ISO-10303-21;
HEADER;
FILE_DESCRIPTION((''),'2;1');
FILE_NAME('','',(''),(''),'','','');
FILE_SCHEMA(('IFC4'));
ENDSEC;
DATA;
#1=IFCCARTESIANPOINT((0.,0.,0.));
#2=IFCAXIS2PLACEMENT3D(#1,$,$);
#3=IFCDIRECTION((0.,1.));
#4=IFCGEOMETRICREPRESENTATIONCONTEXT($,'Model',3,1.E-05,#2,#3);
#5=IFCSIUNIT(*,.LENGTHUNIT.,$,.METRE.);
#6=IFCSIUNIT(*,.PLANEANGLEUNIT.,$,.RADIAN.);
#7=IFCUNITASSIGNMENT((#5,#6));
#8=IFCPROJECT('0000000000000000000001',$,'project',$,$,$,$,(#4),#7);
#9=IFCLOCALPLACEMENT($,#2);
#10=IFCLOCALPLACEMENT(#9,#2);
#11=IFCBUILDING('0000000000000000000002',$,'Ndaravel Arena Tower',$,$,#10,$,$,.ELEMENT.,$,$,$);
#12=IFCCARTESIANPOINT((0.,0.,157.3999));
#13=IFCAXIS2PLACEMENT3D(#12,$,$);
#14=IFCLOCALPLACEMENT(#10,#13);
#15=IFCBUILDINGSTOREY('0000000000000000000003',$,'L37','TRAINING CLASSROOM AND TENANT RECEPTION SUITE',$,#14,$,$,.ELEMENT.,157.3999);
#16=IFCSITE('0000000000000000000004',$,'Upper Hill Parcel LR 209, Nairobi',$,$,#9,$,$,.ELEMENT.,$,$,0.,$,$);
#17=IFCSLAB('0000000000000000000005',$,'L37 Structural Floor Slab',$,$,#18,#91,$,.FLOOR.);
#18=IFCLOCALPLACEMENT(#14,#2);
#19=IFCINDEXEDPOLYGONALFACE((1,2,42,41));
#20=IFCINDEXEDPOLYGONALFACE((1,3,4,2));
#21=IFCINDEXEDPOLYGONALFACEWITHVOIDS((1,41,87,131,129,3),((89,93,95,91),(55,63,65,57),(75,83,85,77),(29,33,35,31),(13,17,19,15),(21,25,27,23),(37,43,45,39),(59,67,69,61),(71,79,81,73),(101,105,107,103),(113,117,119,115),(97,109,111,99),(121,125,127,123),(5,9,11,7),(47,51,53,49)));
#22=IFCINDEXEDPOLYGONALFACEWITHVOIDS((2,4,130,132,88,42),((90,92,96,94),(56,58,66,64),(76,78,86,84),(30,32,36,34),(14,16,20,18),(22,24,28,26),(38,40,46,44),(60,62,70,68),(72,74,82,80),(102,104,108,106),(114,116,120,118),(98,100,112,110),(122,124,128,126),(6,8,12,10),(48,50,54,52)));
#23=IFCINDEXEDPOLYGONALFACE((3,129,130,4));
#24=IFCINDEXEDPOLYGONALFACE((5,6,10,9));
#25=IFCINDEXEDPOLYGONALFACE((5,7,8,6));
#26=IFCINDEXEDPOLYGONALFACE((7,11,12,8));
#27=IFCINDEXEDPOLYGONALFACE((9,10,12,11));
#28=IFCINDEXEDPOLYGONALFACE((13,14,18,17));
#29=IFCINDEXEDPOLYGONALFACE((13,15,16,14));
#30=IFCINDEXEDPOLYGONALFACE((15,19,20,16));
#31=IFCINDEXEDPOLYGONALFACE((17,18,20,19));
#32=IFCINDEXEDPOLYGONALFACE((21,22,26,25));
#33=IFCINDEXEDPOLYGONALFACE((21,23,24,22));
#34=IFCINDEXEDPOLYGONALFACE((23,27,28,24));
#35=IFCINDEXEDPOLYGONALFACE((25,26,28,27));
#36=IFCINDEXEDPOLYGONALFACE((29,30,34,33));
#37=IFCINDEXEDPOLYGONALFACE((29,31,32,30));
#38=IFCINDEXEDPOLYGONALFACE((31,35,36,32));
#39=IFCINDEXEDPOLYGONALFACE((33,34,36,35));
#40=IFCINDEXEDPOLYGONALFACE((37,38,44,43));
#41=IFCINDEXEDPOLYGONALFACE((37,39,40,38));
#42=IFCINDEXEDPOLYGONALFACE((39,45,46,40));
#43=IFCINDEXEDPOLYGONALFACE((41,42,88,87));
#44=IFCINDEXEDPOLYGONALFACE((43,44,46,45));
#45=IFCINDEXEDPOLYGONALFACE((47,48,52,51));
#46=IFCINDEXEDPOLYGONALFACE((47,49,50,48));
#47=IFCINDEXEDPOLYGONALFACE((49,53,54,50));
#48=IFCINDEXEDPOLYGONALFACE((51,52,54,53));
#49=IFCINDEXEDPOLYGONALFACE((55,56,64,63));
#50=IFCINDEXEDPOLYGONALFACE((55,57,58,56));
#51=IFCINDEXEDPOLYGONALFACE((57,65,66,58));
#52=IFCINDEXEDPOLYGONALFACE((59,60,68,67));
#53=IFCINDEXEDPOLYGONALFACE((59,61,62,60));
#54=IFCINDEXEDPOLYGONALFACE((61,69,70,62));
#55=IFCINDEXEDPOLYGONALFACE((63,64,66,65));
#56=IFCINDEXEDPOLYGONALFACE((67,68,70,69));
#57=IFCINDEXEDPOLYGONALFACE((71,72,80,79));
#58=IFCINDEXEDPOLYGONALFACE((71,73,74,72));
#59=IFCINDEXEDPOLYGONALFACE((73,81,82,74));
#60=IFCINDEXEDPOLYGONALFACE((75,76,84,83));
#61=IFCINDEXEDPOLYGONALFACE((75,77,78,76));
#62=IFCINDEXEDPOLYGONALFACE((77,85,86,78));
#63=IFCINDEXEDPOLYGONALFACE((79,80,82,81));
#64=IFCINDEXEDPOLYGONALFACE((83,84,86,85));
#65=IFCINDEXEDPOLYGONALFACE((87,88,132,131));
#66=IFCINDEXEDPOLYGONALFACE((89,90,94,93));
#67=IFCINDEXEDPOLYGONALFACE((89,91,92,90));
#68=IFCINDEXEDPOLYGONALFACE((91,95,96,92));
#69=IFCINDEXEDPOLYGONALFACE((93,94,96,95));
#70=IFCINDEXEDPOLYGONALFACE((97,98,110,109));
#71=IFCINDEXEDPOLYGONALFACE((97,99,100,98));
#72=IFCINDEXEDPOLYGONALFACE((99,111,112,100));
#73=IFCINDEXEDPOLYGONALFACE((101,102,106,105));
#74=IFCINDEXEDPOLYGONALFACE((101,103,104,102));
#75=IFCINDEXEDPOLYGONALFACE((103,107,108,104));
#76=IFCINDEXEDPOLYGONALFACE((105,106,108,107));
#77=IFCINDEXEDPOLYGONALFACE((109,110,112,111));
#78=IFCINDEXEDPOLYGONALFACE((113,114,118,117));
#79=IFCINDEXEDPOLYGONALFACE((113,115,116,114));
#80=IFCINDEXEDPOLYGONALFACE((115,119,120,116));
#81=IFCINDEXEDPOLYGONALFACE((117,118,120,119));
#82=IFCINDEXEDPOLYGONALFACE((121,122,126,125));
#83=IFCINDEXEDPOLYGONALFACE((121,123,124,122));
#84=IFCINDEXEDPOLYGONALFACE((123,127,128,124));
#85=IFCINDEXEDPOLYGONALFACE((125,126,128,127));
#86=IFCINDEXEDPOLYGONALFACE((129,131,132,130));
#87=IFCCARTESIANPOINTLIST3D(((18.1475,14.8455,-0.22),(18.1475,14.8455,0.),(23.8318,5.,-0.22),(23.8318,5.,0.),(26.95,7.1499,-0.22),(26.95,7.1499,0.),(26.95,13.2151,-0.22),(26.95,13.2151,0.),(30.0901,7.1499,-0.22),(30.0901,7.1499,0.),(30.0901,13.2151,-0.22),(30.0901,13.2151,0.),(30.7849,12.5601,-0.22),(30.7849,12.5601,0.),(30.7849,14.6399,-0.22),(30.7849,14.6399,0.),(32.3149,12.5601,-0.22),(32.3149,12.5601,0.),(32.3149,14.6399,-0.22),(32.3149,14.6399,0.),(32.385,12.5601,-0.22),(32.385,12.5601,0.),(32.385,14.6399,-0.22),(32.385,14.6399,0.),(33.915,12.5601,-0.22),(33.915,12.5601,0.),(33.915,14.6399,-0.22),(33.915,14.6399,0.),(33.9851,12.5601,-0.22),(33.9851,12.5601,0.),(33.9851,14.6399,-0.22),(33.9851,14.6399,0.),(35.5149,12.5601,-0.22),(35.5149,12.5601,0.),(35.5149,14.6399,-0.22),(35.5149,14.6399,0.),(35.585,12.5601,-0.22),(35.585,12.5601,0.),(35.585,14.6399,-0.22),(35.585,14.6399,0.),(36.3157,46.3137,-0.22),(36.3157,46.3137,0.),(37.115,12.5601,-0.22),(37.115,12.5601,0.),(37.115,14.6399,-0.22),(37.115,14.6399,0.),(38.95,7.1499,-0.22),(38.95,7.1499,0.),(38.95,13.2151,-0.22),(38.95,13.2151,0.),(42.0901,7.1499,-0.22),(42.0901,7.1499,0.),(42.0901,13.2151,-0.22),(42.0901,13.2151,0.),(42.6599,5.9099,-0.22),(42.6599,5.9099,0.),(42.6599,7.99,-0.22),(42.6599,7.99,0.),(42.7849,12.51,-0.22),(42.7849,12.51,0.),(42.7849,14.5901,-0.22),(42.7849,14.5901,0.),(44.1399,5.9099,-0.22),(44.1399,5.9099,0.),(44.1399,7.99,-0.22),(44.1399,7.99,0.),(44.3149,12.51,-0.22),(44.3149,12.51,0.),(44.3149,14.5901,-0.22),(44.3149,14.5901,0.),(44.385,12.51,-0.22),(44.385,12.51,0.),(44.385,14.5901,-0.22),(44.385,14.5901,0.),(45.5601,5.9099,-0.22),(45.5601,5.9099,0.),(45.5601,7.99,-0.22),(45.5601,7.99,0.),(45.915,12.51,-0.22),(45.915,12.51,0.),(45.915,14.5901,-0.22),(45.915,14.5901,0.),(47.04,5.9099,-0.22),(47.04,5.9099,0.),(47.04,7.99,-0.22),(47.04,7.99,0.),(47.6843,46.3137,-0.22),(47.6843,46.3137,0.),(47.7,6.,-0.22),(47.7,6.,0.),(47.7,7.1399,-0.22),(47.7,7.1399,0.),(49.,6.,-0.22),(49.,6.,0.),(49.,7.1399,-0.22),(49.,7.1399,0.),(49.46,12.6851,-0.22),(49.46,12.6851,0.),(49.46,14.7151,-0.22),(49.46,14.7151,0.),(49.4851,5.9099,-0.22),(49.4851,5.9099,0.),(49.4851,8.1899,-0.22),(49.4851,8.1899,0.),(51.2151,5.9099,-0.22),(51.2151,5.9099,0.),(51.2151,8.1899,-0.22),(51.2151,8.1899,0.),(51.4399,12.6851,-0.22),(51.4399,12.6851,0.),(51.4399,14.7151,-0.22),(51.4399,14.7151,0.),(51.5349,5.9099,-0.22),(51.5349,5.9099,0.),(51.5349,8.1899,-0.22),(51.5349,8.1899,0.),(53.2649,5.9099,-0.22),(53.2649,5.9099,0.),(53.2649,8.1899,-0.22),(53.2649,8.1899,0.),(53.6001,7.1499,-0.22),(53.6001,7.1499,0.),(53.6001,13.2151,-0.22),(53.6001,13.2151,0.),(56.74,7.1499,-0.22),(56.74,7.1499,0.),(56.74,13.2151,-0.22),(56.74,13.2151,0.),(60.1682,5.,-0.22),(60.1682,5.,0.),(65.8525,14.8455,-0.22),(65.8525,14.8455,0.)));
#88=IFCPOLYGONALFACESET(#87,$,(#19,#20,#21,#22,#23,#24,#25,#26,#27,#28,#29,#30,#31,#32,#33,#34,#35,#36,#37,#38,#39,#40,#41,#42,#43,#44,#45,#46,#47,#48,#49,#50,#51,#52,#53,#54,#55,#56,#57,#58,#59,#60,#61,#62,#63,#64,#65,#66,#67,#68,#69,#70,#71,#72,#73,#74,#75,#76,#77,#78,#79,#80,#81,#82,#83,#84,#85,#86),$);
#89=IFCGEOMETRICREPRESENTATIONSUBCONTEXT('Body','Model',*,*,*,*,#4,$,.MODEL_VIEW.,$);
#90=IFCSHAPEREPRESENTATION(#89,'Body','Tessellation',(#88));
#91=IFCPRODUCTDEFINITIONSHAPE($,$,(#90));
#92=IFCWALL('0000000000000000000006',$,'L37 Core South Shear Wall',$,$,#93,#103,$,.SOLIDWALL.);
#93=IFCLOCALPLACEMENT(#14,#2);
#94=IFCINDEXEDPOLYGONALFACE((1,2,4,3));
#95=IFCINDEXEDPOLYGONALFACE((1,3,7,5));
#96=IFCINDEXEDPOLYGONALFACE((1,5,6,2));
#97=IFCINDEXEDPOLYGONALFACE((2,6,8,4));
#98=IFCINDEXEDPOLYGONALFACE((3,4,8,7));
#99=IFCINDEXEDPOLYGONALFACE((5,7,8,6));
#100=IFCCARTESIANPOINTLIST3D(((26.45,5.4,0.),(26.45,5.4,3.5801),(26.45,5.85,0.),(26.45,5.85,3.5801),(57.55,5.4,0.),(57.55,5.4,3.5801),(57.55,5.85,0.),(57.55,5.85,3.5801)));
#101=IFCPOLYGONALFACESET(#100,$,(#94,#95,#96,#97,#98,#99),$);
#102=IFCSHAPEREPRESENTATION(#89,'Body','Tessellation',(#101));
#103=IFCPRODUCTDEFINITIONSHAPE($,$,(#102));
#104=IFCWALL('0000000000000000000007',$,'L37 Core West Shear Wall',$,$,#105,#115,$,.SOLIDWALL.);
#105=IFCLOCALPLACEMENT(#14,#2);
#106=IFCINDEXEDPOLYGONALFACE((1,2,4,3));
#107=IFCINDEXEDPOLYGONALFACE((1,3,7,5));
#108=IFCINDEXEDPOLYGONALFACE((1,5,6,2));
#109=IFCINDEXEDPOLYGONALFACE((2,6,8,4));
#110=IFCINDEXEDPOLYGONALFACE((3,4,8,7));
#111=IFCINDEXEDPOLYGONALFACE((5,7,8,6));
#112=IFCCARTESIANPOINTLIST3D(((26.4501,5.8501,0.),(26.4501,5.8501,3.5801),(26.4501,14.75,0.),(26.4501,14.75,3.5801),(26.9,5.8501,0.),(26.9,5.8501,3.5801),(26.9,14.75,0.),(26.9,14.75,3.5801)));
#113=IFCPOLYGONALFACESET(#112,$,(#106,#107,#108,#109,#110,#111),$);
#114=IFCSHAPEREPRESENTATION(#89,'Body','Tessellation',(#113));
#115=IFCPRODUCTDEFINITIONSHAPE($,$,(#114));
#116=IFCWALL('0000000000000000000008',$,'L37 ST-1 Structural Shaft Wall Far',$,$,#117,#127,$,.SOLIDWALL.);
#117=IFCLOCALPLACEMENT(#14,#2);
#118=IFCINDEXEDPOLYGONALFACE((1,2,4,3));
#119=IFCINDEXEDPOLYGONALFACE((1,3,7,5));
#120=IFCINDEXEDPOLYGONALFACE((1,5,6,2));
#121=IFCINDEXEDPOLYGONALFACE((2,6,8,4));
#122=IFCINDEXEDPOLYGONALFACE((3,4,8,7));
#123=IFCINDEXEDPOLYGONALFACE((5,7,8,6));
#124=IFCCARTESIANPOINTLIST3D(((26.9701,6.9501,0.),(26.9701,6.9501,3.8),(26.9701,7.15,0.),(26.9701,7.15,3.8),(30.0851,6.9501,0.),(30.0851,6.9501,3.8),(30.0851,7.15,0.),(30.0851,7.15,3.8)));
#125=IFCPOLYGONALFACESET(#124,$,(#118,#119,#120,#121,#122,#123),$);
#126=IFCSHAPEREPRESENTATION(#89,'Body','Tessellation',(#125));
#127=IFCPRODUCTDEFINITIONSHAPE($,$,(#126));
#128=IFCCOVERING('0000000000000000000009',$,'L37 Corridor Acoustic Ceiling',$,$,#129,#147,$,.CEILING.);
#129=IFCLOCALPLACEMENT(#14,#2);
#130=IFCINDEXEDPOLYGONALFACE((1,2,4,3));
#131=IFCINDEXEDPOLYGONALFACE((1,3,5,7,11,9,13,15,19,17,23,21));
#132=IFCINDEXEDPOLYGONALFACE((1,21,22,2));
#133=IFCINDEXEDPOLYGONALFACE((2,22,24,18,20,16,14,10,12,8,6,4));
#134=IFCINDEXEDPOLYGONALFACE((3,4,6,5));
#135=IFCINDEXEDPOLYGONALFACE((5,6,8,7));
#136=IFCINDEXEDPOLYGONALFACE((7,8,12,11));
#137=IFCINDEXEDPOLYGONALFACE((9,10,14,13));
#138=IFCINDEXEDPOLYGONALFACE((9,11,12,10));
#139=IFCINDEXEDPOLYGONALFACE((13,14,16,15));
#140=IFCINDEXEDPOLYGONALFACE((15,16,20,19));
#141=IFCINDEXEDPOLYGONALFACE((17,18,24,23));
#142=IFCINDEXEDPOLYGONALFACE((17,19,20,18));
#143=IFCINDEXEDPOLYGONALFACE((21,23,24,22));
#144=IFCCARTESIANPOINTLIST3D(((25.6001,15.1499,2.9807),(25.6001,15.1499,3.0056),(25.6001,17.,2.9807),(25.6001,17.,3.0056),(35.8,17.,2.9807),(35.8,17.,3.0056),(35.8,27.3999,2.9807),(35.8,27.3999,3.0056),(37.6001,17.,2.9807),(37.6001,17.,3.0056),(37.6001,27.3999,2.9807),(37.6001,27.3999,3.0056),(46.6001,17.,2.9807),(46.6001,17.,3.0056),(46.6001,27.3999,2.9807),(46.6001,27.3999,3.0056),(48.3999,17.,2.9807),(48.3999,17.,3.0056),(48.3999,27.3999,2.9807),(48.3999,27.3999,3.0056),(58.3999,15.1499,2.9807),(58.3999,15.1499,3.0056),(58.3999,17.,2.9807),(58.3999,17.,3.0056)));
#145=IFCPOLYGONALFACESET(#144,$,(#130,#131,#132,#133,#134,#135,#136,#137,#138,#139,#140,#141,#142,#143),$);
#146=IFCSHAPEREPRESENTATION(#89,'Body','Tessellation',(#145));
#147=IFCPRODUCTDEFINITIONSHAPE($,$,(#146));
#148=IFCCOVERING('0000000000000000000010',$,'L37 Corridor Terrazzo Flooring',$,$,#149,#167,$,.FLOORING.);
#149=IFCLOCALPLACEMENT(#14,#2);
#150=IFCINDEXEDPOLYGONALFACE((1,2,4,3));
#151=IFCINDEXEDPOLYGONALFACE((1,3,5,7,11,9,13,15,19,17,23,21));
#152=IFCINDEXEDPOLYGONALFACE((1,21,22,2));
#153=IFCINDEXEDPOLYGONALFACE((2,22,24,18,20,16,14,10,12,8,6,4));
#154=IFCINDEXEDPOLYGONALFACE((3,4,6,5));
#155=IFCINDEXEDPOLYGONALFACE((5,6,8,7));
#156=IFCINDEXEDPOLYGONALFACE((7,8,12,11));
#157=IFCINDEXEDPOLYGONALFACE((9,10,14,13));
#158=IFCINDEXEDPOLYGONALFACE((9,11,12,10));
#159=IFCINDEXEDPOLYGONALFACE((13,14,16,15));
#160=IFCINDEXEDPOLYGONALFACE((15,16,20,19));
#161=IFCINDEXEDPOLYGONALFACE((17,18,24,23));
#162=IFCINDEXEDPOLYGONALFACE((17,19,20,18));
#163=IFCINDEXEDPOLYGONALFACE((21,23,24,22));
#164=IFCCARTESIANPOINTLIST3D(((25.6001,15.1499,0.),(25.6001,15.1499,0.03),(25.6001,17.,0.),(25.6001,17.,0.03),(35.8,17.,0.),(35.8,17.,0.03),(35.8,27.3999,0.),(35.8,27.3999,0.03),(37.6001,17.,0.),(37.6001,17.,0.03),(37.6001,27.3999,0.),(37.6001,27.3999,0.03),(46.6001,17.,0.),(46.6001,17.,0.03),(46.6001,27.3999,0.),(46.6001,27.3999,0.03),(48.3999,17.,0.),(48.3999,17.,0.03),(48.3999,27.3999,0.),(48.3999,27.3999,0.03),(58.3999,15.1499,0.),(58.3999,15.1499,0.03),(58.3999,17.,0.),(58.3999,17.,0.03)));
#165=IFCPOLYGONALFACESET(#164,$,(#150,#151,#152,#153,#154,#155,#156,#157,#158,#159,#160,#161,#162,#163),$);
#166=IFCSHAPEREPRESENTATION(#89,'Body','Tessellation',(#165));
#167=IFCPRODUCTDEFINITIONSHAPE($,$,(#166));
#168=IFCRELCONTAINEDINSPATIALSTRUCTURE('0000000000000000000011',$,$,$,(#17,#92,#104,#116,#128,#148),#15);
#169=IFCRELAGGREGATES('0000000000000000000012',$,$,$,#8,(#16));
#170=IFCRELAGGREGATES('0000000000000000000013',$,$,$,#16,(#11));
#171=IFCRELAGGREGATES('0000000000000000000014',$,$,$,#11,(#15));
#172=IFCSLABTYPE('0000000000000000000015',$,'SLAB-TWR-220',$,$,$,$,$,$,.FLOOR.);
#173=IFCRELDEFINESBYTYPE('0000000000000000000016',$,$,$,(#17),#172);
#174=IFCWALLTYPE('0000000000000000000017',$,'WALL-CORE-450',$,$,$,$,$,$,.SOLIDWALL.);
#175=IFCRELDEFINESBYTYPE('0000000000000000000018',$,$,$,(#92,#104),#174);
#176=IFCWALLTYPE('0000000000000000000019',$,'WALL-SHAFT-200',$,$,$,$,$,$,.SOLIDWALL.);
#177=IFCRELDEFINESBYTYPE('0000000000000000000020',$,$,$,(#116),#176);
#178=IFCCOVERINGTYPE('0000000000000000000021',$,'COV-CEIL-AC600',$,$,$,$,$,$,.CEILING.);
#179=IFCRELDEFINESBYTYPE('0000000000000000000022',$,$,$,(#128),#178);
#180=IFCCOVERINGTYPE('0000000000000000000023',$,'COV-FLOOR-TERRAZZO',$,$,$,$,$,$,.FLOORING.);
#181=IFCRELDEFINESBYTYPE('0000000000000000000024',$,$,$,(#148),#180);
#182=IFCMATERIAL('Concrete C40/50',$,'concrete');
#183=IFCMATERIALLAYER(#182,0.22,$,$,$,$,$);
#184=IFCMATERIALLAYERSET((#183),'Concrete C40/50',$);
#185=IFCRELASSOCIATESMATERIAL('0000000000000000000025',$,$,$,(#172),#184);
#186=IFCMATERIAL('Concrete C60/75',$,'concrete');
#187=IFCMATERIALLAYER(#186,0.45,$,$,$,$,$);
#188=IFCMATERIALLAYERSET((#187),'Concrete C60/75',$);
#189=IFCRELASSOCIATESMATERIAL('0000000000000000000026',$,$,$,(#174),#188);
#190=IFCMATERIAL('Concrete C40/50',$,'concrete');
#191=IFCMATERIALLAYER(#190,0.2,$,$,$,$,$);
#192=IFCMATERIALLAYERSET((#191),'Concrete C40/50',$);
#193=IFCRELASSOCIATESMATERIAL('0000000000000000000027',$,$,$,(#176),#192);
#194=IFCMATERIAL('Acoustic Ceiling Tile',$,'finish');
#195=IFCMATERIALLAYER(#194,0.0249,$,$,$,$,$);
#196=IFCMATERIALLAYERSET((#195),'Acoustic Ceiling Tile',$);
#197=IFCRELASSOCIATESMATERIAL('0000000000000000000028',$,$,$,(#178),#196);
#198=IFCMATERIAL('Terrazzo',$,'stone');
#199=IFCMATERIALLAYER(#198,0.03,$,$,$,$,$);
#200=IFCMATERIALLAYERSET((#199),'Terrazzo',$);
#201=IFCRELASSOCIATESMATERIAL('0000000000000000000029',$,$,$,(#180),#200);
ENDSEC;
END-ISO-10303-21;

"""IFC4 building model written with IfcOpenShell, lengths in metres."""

from ifc_helpers import new_model, si_unit, direction, frame, frame_2d, origin, place, context, subcontext, project, spatial, polyline, rectangle, outline, extrude, material, layer, layer_set, type_object, element, save


model = new_model("IFC4")

# Units and contexts
model_context = context("Model", 3, precision=1e-05, world=origin(), true_north=direction((0.0, 1.0)))
body_context = subcontext(model_context, "Body", "Model", "MODEL_VIEW")
ifc_project = project(units=[si_unit("LENGTHUNIT", "METRE"), si_unit("PLANEANGLEUNIT", "RADIAN")], contexts=[model_context])

# Site, building, storey
site_placement = place(None, origin())
site = spatial("IfcSite", under=ifc_project, at=site_placement, Name="Upper Hill Parcel LR 209, Nairobi", CompositionType="ELEMENT", RefElevation=0.0)
building_placement = place(site_placement, origin())
building = spatial("IfcBuilding", under=site, at=building_placement, Name="Ndaravel Arena Tower", CompositionType="ELEMENT")
storey_placement = place(building_placement, frame((0.0, 0.0, 157.3999)))
storey = spatial("IfcBuildingStorey", under=building, at=storey_placement, Name="L37", Description="TRAINING CLASSROOM AND TENANT RECEPTION SUITE", CompositionType="ELEMENT", Elevation=157.3999)

# Slab
ifc_material_1 = material(Name="Concrete C40/50", Category="concrete")
ifc_layer_1 = layer(ifc_material_1, 0.22)
ifc_layer_set_1 = layer_set([ifc_layer_1], Name="Concrete C40/50")
slab_type_1 = type_object("IfcSlabType", Name="SLAB-TWR-220", PredefinedType="FLOOR", material=ifc_layer_set_1)
slab_1_placement = place(storey_placement, frame((0.0, 0.0, -0.22)))
element("IfcSlab", 1, at=slab_1_placement, inside=storey, type_object=slab_type_1, Name="L37 Structural Floor Slab", PredefinedType="FLOOR", context=body_context, shape_type="SweptSolid", body=[
    extrude(outline(polyline([(18.1475, 14.8455), (23.8318, 5.0), (60.1682, 5.0), (65.8525, 14.8455), (47.6843, 46.3137), (36.3157, 46.3137), (18.1475, 14.8455)]), holes=[polyline([(26.95, 13.2151), (26.95, 7.1499), (30.0901, 7.1499), (30.0901, 13.2151), (26.95, 13.2151)]), polyline([(38.95, 13.2151), (38.95, 7.1499), (42.0901, 7.1499), (42.0901, 13.2151), (38.95, 13.2151)]), polyline([(53.6001, 13.2151), (53.6001, 7.1499), (56.74, 7.1499), (56.74, 13.2151), (53.6001, 13.2151)]), polyline([(30.7849, 12.5601), (32.3149, 12.5601), (32.3149, 14.6399), (30.7849, 14.6399), (30.7849, 12.5601)]), polyline([(32.385, 12.5601), (33.915, 12.5601), (33.915, 14.6399), (32.385, 14.6399), (32.385, 12.5601)]), polyline([(33.9851, 12.5601), (35.5149, 12.5601), (35.5149, 14.6399), (33.9851, 14.6399), (33.9851, 12.5601)]), polyline([(35.585, 12.5601), (37.115, 12.5601), (37.115, 14.6399), (35.585, 14.6399), (35.585, 12.5601)]), polyline([(42.6599, 5.9099), (44.1399, 5.9099), (44.1399, 7.99), (42.6599, 7.99), (42.6599, 5.9099)]), polyline([(45.5601, 5.9099), (47.04, 5.9099), (47.04, 7.99), (45.5601, 7.99), (45.5601, 5.9099)]), polyline([(42.7849, 12.51), (44.3149, 12.51), (44.3149, 14.5901), (42.7849, 14.5901), (42.7849, 12.51)]), polyline([(44.385, 12.51), (45.915, 12.51), (45.915, 14.5901), (44.385, 14.5901), (44.385, 12.51)]), polyline([(49.4851, 5.9099), (51.2151, 5.9099), (51.2151, 8.1899), (49.4851, 8.1899), (49.4851, 5.9099)]), polyline([(51.5349, 5.9099), (53.2649, 5.9099), (53.2649, 8.1899), (51.5349, 8.1899), (51.5349, 5.9099)]), polyline([(49.46, 12.6851), (51.4399, 12.6851), (51.4399, 14.7151), (49.46, 14.7151), (49.46, 12.6851)]), polyline([(47.7, 6.0), (49.0, 6.0), (49.0, 7.1399), (47.7, 7.1399), (47.7, 6.0)])]), origin(), (0.0, 0.0, 1.0), 0.22),
])

# Walls
ifc_material_2 = material(Name="Concrete C60/75", Category="concrete")
ifc_layer_2 = layer(ifc_material_2, 0.45)
ifc_layer_set_2 = layer_set([ifc_layer_2], Name="Concrete C60/75")
wall_type_1 = type_object("IfcWallType", Name="WALL-CORE-450", PredefinedType="SOLIDWALL", material=ifc_layer_set_2)
wall_1_placement = place(storey_placement, frame((26.45, 5.625, 0.0), z_axis=(0.0, 0.0, 1.0), x_axis=(1.0, 0.0, 0.0)))
element("IfcWall", 2, at=wall_1_placement, inside=storey, type_object=wall_type_1, Name="L37 Core South Shear Wall", PredefinedType="SOLIDWALL", context=body_context, shape_type="SweptSolid", body=[
    extrude(rectangle(XDim=31.1001, YDim=0.45, at=frame_2d((15.55, 0.0))), origin(), (0.0, 0.0, 1.0), 3.5801),
])
wall_2_placement = place(storey_placement, frame((26.675, 5.8501, 0.0), z_axis=(0.0, 0.0, 1.0), x_axis=(0.0, 1.0, 0.0)))
element("IfcWall", 3, at=wall_2_placement, inside=storey, type_object=wall_type_1, Name="L37 Core West Shear Wall", PredefinedType="SOLIDWALL", context=body_context, shape_type="SweptSolid", body=[
    extrude(rectangle(XDim=8.8999, YDim=0.45, at=frame_2d((4.45, 0.0))), origin(), (0.0, 0.0, 1.0), 3.5801),
])
ifc_material_3 = material(Name="Concrete C40/50", Category="concrete")
ifc_layer_3 = layer(ifc_material_3, 0.2)
ifc_layer_set_3 = layer_set([ifc_layer_3], Name="Concrete C40/50")
wall_type_2 = type_object("IfcWallType", Name="WALL-SHAFT-200", PredefinedType="SOLIDWALL", material=ifc_layer_set_3)
wall_3_placement = place(storey_placement, frame((26.97, 7.05, 0.0), z_axis=(0.0, 0.0, 1.0), x_axis=(1.0, 0.0, 0.0)))
element("IfcWall", 4, at=wall_3_placement, inside=storey, type_object=wall_type_2, Name="L37 ST-1 Structural Shaft Wall Far", PredefinedType="SOLIDWALL", context=body_context, shape_type="SweptSolid", body=[
    extrude(rectangle(XDim=3.115, YDim=0.2, at=frame_2d((1.5576, 0.0))), origin(), (0.0, 0.0, 1.0), 3.8),
])

# Coverings
ifc_material_4 = material(Name="Acoustic Ceiling Tile", Category="finish")
ifc_layer_4 = layer(ifc_material_4, 0.0249)
ifc_layer_set_4 = layer_set([ifc_layer_4], Name="Acoustic Ceiling Tile")
covering_type_1 = type_object("IfcCoveringType", Name="COV-CEIL-AC600", PredefinedType="CEILING", material=ifc_layer_set_4)
covering_1_placement = place(storey_placement, frame((0.0, 0.0, 2.9807)))
element("IfcCovering", 5, at=covering_1_placement, inside=storey, type_object=covering_type_1, Name="L37 Corridor Acoustic Ceiling", PredefinedType="CEILING", context=body_context, shape_type="SweptSolid", body=[
    extrude(outline(polyline([(58.3999, 17.0), (48.3999, 17.0), (48.3999, 27.3999), (46.6001, 27.3999), (46.6001, 17.0), (37.6001, 17.0), (37.6001, 27.3999), (35.8, 27.3999), (35.8, 17.0), (25.6001, 17.0), (25.6001, 15.1499), (58.3999, 15.1499), (58.3999, 17.0)])), origin(), (0.0, 0.0, 1.0), 0.0249),
])
ifc_material_5 = material(Name="Terrazzo", Category="stone")
ifc_layer_5 = layer(ifc_material_5, 0.03)
ifc_layer_set_5 = layer_set([ifc_layer_5], Name="Terrazzo")
covering_type_2 = type_object("IfcCoveringType", Name="COV-FLOOR-TERRAZZO", PredefinedType="FLOORING", material=ifc_layer_set_5)
covering_2_placement = place(storey_placement, origin())
element("IfcCovering", 6, at=covering_2_placement, inside=storey, type_object=covering_type_2, Name="L37 Corridor Terrazzo Flooring", PredefinedType="FLOORING", context=body_context, shape_type="SweptSolid", body=[
    extrude(outline(polyline([(58.3999, 17.0), (48.3999, 17.0), (48.3999, 27.3999), (46.6001, 27.3999), (46.6001, 17.0), (37.6001, 17.0), (37.6001, 27.3999), (35.8, 27.3999), (35.8, 17.0), (25.6001, 17.0), (25.6001, 15.1499), (58.3999, 15.1499), (58.3999, 17.0)])), origin(), (0.0, 0.0, 1.0), 0.03),
])

save(model, "model.ifc")
